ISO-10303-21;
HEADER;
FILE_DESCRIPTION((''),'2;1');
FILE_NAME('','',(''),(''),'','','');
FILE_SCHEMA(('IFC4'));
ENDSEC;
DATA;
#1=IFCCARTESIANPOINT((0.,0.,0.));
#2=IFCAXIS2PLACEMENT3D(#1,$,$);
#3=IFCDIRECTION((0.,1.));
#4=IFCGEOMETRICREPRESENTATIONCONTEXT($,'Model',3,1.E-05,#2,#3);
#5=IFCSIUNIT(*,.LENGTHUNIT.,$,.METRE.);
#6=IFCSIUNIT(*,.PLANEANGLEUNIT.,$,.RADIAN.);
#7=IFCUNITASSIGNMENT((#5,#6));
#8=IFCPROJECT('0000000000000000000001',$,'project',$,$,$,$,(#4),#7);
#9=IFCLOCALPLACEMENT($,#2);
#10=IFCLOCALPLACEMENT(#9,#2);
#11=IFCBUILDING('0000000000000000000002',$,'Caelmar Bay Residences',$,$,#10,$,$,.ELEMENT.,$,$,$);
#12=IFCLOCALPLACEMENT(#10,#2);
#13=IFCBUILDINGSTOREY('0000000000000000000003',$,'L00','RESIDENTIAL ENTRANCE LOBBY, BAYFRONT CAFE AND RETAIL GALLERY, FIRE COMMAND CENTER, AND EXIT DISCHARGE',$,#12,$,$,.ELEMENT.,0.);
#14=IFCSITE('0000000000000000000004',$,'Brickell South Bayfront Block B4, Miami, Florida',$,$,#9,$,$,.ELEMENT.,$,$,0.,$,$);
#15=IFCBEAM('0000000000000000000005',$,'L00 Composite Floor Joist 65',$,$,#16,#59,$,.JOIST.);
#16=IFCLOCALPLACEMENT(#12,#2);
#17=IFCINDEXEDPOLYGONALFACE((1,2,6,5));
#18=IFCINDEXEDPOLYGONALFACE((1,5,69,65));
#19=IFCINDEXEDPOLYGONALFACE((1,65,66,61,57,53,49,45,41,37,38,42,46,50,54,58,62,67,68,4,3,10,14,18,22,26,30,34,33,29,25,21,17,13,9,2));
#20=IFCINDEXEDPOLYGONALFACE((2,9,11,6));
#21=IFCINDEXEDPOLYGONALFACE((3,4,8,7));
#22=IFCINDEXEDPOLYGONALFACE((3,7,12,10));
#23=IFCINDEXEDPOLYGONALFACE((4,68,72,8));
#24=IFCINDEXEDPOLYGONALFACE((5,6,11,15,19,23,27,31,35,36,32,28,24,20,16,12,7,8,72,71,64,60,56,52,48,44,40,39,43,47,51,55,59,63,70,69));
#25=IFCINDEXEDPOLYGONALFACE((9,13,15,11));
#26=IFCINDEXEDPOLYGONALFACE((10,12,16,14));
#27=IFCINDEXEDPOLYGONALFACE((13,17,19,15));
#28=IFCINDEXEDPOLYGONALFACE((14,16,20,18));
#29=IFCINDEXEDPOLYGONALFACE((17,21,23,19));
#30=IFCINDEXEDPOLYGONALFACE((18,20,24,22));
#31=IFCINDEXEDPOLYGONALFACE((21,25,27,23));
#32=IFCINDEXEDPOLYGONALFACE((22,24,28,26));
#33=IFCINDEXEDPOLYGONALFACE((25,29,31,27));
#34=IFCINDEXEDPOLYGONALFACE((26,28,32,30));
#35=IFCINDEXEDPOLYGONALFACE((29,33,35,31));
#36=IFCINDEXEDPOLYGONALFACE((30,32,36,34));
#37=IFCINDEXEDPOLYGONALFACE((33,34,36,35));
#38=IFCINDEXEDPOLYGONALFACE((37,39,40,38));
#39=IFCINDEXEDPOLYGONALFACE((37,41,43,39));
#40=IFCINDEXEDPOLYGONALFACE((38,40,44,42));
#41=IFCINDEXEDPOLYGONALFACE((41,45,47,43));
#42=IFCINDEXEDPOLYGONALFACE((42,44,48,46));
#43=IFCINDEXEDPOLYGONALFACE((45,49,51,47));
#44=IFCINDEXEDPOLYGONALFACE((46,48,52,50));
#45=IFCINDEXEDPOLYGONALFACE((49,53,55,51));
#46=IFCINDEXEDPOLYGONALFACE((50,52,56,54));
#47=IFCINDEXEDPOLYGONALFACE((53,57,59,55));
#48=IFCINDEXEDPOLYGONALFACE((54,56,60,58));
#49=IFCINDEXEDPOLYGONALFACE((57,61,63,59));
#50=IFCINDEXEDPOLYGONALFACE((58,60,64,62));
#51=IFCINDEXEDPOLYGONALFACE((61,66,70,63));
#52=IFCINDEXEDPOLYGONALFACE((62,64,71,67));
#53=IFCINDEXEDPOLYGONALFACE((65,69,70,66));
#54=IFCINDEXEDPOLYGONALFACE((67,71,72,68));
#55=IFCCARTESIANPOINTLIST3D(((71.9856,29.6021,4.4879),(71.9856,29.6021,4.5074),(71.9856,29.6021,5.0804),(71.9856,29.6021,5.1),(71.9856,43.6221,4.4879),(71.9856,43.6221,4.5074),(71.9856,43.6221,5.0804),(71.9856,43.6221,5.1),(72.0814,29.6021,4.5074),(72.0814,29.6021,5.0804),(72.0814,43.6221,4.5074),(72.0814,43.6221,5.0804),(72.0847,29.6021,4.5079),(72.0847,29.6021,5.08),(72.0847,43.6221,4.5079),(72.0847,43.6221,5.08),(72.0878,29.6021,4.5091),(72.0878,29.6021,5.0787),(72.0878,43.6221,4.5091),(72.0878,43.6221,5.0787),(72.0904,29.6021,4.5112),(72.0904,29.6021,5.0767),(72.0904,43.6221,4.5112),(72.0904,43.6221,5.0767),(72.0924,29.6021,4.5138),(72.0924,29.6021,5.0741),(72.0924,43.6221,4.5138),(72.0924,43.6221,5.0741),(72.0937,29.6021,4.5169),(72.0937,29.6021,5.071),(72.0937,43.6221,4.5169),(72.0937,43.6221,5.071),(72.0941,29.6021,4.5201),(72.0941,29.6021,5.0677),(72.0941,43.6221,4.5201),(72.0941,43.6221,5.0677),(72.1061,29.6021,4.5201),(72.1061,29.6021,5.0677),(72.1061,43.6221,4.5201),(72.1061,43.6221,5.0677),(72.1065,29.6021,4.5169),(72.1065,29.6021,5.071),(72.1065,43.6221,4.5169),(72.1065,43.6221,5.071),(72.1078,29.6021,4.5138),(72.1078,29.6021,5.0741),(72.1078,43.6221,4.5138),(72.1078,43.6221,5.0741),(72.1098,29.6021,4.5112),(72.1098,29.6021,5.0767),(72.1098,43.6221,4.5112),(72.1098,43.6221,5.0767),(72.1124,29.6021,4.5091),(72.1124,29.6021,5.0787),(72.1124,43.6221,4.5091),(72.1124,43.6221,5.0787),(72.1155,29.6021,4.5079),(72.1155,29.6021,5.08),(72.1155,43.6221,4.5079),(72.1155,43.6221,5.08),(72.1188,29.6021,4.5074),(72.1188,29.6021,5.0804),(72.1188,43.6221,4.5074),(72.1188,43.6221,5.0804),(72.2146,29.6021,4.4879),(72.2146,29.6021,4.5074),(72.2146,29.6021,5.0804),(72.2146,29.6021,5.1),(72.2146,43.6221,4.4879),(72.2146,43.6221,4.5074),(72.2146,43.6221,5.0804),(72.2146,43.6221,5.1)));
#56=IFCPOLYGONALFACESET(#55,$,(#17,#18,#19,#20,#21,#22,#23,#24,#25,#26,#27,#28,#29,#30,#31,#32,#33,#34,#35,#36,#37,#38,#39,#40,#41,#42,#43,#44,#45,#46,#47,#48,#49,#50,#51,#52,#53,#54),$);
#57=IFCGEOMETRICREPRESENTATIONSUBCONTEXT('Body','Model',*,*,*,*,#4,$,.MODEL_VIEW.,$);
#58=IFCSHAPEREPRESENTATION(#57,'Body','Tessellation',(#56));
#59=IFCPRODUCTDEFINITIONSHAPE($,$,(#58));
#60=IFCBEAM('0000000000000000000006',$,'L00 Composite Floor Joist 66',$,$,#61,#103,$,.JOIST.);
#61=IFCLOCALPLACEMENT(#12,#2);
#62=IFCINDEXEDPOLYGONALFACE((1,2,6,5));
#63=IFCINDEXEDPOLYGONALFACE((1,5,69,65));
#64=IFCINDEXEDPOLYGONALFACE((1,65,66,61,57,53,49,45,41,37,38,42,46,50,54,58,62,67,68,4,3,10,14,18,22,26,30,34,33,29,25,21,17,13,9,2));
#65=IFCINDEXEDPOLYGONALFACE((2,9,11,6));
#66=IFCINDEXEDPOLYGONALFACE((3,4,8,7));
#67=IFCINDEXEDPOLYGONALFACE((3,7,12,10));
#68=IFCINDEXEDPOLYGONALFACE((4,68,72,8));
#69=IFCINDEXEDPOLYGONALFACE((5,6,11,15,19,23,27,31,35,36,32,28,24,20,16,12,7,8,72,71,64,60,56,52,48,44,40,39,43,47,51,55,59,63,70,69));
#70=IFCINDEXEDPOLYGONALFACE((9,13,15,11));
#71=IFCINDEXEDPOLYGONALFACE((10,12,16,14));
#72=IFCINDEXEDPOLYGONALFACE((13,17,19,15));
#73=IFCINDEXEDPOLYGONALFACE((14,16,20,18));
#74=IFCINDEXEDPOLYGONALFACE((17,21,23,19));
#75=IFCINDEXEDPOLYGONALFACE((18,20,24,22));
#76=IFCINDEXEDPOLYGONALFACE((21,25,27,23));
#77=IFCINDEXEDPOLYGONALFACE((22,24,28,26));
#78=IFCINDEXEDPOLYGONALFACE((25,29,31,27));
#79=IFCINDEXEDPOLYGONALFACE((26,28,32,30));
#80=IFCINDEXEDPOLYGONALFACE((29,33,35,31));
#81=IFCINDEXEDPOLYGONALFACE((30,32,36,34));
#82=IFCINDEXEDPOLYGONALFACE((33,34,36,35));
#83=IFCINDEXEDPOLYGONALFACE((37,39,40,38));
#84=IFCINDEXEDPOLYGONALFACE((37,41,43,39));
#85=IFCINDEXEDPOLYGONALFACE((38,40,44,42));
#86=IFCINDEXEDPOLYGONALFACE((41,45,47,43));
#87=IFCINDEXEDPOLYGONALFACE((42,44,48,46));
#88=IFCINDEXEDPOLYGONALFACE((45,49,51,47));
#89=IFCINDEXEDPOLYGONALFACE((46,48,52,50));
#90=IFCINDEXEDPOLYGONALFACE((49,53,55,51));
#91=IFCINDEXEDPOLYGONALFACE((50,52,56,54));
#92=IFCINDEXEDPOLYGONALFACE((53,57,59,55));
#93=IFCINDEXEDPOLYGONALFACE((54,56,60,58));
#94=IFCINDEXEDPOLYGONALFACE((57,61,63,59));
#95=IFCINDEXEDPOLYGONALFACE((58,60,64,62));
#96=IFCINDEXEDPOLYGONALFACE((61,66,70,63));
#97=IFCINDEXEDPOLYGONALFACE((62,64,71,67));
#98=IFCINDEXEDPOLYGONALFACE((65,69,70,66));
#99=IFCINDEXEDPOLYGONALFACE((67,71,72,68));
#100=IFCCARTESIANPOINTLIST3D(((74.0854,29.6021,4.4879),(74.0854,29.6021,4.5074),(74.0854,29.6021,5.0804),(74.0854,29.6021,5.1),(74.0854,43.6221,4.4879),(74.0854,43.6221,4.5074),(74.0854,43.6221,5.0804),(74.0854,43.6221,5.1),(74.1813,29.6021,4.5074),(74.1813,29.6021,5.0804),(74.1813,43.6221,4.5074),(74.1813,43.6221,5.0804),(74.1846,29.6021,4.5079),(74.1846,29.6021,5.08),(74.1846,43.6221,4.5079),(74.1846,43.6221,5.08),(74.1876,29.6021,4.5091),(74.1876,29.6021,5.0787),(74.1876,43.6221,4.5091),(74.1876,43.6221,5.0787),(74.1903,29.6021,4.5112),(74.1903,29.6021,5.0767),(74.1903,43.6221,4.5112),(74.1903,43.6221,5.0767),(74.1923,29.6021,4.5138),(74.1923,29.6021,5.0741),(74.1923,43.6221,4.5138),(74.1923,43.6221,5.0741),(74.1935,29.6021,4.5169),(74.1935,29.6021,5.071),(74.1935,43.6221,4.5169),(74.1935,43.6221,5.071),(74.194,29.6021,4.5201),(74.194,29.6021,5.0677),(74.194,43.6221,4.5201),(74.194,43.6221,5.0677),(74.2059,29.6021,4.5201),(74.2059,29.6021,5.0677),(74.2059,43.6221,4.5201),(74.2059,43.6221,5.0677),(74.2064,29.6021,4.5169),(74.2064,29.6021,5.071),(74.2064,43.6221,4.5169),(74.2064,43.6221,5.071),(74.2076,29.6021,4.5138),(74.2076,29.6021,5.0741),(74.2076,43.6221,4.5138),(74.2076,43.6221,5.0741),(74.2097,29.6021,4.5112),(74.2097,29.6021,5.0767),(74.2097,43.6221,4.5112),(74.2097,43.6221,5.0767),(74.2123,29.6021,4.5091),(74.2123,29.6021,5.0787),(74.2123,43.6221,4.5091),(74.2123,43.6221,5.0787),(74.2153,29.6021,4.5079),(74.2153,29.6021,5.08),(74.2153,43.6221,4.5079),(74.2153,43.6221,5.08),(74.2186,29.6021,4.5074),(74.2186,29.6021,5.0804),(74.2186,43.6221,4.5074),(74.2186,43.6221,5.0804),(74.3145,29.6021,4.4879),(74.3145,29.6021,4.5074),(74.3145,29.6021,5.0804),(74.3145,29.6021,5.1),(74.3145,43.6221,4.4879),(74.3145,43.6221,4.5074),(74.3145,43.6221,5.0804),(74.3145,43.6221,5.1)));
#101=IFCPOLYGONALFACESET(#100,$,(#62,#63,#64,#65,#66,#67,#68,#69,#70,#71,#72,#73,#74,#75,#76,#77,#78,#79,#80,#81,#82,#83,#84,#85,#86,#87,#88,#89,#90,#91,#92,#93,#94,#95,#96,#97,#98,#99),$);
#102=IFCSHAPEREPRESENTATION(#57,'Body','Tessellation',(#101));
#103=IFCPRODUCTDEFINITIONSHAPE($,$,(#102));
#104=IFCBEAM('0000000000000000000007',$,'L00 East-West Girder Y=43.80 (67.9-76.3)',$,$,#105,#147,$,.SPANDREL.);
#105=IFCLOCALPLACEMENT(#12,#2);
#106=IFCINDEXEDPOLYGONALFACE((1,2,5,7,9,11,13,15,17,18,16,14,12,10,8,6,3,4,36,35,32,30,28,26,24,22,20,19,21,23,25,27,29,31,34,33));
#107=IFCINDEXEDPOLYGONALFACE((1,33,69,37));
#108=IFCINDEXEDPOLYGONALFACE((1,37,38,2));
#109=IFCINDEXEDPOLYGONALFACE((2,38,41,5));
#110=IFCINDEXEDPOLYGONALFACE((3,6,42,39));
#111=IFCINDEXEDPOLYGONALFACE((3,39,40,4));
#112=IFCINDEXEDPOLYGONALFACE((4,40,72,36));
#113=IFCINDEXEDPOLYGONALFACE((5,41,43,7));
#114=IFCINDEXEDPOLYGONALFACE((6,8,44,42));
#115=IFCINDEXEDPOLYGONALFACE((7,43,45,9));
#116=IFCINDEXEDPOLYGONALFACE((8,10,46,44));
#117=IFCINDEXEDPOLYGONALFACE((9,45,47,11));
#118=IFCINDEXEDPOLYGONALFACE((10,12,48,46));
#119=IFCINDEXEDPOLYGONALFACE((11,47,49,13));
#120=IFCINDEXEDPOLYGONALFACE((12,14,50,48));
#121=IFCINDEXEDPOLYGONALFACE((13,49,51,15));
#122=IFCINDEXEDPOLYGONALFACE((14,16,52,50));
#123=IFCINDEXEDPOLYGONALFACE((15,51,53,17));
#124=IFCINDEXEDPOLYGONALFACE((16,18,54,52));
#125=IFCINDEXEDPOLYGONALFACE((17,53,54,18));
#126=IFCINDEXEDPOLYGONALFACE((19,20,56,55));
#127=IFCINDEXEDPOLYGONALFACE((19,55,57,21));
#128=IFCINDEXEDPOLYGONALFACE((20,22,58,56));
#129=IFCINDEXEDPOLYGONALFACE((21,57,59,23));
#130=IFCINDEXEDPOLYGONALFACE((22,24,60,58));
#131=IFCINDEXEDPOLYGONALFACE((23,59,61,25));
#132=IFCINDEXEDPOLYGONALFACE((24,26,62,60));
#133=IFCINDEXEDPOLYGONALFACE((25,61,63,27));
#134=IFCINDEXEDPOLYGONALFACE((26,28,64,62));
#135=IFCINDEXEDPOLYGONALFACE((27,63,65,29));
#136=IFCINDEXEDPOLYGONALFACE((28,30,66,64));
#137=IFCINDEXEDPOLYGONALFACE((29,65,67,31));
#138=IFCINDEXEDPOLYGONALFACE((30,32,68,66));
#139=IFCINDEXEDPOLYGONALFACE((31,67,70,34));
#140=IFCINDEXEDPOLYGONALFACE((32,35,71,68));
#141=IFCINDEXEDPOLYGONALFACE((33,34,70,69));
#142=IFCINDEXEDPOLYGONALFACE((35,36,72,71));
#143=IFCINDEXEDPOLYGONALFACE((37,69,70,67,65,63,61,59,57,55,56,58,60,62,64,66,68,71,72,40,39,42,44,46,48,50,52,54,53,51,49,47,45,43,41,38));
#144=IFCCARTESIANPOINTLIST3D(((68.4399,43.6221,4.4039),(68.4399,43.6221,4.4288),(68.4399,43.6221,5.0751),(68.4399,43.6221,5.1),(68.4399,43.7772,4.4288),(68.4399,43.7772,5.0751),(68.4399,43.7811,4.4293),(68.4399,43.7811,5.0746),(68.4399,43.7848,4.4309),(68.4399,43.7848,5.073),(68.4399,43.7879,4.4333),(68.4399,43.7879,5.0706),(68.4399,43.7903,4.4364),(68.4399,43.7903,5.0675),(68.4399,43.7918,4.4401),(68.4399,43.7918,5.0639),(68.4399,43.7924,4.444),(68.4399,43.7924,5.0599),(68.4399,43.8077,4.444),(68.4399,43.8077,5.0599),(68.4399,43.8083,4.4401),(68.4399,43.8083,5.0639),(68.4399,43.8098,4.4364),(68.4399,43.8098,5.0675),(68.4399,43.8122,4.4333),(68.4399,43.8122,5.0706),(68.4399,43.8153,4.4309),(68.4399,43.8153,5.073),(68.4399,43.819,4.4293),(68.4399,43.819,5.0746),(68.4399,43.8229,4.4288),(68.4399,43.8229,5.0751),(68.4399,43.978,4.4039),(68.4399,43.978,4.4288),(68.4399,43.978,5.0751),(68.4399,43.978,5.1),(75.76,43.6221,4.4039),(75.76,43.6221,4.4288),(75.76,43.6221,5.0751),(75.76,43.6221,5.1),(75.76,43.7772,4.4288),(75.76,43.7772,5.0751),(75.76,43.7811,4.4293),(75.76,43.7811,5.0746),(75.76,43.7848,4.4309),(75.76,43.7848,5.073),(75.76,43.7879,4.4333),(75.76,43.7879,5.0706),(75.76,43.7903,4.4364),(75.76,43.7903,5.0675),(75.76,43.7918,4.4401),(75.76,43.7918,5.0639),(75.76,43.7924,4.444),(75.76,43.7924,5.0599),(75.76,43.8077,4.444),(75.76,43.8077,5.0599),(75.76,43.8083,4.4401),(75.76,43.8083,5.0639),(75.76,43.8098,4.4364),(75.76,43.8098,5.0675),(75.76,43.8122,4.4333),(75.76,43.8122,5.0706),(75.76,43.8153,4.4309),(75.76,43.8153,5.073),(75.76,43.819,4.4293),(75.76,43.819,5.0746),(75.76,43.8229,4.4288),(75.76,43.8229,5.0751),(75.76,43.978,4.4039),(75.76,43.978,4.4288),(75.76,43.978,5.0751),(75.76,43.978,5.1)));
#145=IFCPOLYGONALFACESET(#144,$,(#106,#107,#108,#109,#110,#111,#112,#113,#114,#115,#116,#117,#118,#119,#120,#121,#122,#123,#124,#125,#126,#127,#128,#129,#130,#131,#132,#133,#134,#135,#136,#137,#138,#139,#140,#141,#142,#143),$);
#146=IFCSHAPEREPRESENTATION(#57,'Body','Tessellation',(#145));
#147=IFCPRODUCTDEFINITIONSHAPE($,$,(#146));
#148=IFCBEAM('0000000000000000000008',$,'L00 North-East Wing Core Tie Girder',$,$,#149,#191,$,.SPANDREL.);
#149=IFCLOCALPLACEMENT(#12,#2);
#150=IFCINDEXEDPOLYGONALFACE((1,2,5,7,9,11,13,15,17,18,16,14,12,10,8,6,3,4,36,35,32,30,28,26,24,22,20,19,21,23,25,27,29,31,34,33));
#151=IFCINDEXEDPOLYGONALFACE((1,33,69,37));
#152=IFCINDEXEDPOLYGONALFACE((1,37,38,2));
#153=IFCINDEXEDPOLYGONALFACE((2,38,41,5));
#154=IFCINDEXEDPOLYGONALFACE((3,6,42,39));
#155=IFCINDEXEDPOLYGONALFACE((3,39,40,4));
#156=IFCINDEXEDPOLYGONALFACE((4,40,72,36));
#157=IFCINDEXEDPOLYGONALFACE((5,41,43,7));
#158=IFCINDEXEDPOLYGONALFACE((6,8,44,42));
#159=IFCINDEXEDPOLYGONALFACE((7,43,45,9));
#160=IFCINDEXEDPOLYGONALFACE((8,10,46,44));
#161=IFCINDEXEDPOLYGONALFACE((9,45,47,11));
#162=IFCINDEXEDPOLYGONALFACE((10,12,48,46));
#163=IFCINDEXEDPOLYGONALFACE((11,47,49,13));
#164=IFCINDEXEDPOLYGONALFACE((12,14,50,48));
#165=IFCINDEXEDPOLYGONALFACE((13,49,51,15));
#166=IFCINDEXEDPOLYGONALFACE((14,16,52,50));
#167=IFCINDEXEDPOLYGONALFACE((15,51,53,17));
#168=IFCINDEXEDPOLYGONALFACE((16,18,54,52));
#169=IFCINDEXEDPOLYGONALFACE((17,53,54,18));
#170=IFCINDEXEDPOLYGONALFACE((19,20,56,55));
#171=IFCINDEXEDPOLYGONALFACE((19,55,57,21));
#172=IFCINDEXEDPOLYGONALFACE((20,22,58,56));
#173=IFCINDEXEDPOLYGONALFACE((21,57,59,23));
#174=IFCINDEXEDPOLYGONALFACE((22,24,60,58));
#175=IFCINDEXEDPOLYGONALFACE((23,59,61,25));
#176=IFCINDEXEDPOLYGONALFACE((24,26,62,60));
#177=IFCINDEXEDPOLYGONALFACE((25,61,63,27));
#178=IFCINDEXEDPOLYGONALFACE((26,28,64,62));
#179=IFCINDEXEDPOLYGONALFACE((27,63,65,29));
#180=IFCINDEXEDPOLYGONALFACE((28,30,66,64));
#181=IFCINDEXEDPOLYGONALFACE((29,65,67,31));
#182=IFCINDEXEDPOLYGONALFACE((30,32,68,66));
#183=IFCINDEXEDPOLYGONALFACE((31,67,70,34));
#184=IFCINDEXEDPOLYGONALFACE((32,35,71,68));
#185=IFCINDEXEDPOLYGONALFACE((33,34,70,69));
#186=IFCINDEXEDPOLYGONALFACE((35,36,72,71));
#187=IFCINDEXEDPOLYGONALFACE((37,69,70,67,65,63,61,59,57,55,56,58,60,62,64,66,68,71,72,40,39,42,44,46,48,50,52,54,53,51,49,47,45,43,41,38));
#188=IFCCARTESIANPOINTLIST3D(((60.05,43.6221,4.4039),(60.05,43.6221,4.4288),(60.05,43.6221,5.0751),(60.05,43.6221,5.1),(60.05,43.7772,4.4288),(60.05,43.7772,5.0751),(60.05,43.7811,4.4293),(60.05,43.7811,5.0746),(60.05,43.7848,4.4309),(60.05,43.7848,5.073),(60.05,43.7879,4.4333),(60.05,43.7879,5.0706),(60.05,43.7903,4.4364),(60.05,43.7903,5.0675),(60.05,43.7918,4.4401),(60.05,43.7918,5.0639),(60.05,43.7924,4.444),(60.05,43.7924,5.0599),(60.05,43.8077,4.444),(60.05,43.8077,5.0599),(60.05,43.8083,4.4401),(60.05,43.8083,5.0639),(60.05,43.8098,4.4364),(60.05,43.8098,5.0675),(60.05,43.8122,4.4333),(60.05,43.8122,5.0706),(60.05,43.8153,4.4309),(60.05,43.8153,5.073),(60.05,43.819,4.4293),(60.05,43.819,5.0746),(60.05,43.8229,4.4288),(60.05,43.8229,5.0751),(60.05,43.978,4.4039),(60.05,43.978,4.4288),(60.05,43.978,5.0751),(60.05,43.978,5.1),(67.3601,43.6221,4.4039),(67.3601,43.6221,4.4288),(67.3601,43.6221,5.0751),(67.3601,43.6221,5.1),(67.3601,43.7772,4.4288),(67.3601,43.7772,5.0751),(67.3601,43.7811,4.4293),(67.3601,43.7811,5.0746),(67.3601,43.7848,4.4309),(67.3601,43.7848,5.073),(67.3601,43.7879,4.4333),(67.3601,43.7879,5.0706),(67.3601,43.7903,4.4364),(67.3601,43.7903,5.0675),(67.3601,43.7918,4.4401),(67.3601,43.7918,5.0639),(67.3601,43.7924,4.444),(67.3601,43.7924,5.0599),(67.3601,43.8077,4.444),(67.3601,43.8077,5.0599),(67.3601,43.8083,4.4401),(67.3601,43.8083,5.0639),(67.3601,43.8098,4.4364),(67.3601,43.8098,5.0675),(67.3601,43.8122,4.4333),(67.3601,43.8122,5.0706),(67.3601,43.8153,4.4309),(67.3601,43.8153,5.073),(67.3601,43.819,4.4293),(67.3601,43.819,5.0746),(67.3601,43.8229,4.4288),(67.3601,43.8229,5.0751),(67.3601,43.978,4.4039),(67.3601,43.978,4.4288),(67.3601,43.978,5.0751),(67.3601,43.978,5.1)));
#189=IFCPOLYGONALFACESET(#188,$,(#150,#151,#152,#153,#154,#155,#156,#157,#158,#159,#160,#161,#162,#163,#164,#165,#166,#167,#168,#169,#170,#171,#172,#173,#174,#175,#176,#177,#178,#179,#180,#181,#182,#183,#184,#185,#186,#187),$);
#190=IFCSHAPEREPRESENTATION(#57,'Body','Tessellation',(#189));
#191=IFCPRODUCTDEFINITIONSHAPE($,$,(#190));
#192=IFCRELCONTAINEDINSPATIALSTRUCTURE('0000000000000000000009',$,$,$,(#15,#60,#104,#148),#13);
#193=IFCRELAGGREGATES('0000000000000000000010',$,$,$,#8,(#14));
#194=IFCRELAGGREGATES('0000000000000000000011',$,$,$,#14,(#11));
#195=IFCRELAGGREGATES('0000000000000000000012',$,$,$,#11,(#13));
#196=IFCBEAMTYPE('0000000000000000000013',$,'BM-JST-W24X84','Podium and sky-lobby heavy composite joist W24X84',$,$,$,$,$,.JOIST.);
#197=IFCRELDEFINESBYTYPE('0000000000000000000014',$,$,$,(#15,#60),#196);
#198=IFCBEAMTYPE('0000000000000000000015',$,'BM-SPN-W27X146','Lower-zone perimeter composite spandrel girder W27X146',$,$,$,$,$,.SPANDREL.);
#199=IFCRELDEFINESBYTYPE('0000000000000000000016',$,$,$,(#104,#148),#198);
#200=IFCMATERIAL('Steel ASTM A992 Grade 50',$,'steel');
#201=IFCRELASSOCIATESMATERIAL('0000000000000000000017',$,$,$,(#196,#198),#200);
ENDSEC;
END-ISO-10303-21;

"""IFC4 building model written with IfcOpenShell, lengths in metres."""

from ifc_helpers import new_model, si_unit, direction, frame, origin, origin_2d, place, context, subcontext, project, spatial, i_section, extrude, material, material_profile, profile_set, type_object, element, save


model = new_model("IFC4")

# Units and contexts
model_context = context("Model", 3, precision=1e-05, world=origin(), true_north=direction((0.0, 1.0)))
body_context = subcontext(model_context, "Body", "Model", "MODEL_VIEW")
ifc_project = project(units=[si_unit("LENGTHUNIT", "METRE"), si_unit("PLANEANGLEUNIT", "RADIAN")], contexts=[model_context])

# Site, building, storey
site_placement = place(None, origin())
site = spatial("IfcSite", under=ifc_project, at=site_placement, Name="Brickell South Bayfront Block B4, Miami, Florida", CompositionType="ELEMENT", RefElevation=0.0)
building_placement = place(site_placement, origin())
building = spatial("IfcBuilding", under=site, at=building_placement, Name="Caelmar Bay Residences", CompositionType="ELEMENT")
storey_placement = place(building_placement, origin())
storey = spatial("IfcBuildingStorey", under=building, at=storey_placement, Name="L00", Description="RESIDENTIAL ENTRANCE LOBBY, BAYFRONT CAFE AND RETAIL GALLERY, FIRE COMMAND CENTER, AND EXIT DISCHARGE", CompositionType="ELEMENT", Elevation=0.0)

# Beams
ifc_material_1 = material(Name="Steel ASTM A992 Grade 50", Category="steel")
ifc_material_profile_1 = material_profile(ifc_material_1, i_section(OverallWidth=0.229, OverallDepth=0.6121, WebThickness=0.012, FlangeThickness=0.0195, FilletRadius=0.0127, at=origin_2d()), Name="W24X84")
ifc_profile_set_1 = profile_set([ifc_material_profile_1], Name="Steel ASTM A992 Grade 50")
beam_type_1 = type_object("IfcBeamType", Name="BM-JST-W24X84", Description="Podium and sky-lobby heavy composite joist W24X84", PredefinedType="JOIST", material=ifc_profile_set_1)
for number, where, z_axis, x_axis, name in (
    (1, (72.1001, 29.6021, 4.7939), (0.0, 1.0, 0.0), (-1.0, 0.0, 0.0), "L00 Composite Floor Joist 65"),
    (2, (74.2, 29.6021, 4.7939), (0.0, 1.0, 0.0), (-1.0, 0.0, 0.0), "L00 Composite Floor Joist 66"),
):
    element("IfcBeam", number, at=place(storey_placement, frame(where, z_axis=z_axis, x_axis=x_axis)), inside=storey, type_object=beam_type_1, Name=name, PredefinedType="JOIST", context=body_context, shape_type="SweptSolid", body=[
        extrude(i_section(OverallWidth=0.229, OverallDepth=0.6121, WebThickness=0.012, FlangeThickness=0.0195, FilletRadius=0.0127, at=origin_2d()), origin(), (0.0, 0.0, 1.0), 14.02),
    ])
ifc_material_profile_2 = material_profile(ifc_material_1, i_section(OverallWidth=0.356, OverallDepth=0.696, WebThickness=0.0154, FlangeThickness=0.0249, FilletRadius=0.0151, at=origin_2d()), Name="W27X146")
ifc_profile_set_2 = profile_set([ifc_material_profile_2], Name="Steel ASTM A992 Grade 50")
beam_type_2 = type_object("IfcBeamType", Name="BM-SPN-W27X146", Description="Lower-zone perimeter composite spandrel girder W27X146", PredefinedType="SPANDREL", material=ifc_profile_set_2)
beam_1_placement = place(storey_placement, frame((68.4399, 43.8, 4.752), z_axis=(1.0, 0.0, 0.0), x_axis=(0.0, 1.0, 0.0)))
element("IfcBeam", 3, at=beam_1_placement, inside=storey, type_object=beam_type_2, Name="L00 East-West Girder Y=43.80 (67.9-76.3)", PredefinedType="SPANDREL", context=body_context, shape_type="SweptSolid", body=[
    extrude(i_section(OverallWidth=0.356, OverallDepth=0.696, WebThickness=0.0154, FlangeThickness=0.0249, FilletRadius=0.0151, at=origin_2d()), origin(), (0.0, 0.0, 1.0), 7.3201),
])
beam_2_placement = place(storey_placement, frame((60.05, 43.8, 4.752), z_axis=(1.0, 0.0, 0.0), x_axis=(0.0, 1.0, 0.0)))
element("IfcBeam", 4, at=beam_2_placement, inside=storey, type_object=beam_type_2, Name="L00 North-East Wing Core Tie Girder", PredefinedType="SPANDREL", context=body_context, shape_type="SweptSolid", body=[
    extrude(i_section(OverallWidth=0.356, OverallDepth=0.696, WebThickness=0.0154, FlangeThickness=0.0249, FilletRadius=0.0151, at=origin_2d()), origin(), (0.0, 0.0, 1.0), 7.3101),
])

save(model, "model.ifc")
